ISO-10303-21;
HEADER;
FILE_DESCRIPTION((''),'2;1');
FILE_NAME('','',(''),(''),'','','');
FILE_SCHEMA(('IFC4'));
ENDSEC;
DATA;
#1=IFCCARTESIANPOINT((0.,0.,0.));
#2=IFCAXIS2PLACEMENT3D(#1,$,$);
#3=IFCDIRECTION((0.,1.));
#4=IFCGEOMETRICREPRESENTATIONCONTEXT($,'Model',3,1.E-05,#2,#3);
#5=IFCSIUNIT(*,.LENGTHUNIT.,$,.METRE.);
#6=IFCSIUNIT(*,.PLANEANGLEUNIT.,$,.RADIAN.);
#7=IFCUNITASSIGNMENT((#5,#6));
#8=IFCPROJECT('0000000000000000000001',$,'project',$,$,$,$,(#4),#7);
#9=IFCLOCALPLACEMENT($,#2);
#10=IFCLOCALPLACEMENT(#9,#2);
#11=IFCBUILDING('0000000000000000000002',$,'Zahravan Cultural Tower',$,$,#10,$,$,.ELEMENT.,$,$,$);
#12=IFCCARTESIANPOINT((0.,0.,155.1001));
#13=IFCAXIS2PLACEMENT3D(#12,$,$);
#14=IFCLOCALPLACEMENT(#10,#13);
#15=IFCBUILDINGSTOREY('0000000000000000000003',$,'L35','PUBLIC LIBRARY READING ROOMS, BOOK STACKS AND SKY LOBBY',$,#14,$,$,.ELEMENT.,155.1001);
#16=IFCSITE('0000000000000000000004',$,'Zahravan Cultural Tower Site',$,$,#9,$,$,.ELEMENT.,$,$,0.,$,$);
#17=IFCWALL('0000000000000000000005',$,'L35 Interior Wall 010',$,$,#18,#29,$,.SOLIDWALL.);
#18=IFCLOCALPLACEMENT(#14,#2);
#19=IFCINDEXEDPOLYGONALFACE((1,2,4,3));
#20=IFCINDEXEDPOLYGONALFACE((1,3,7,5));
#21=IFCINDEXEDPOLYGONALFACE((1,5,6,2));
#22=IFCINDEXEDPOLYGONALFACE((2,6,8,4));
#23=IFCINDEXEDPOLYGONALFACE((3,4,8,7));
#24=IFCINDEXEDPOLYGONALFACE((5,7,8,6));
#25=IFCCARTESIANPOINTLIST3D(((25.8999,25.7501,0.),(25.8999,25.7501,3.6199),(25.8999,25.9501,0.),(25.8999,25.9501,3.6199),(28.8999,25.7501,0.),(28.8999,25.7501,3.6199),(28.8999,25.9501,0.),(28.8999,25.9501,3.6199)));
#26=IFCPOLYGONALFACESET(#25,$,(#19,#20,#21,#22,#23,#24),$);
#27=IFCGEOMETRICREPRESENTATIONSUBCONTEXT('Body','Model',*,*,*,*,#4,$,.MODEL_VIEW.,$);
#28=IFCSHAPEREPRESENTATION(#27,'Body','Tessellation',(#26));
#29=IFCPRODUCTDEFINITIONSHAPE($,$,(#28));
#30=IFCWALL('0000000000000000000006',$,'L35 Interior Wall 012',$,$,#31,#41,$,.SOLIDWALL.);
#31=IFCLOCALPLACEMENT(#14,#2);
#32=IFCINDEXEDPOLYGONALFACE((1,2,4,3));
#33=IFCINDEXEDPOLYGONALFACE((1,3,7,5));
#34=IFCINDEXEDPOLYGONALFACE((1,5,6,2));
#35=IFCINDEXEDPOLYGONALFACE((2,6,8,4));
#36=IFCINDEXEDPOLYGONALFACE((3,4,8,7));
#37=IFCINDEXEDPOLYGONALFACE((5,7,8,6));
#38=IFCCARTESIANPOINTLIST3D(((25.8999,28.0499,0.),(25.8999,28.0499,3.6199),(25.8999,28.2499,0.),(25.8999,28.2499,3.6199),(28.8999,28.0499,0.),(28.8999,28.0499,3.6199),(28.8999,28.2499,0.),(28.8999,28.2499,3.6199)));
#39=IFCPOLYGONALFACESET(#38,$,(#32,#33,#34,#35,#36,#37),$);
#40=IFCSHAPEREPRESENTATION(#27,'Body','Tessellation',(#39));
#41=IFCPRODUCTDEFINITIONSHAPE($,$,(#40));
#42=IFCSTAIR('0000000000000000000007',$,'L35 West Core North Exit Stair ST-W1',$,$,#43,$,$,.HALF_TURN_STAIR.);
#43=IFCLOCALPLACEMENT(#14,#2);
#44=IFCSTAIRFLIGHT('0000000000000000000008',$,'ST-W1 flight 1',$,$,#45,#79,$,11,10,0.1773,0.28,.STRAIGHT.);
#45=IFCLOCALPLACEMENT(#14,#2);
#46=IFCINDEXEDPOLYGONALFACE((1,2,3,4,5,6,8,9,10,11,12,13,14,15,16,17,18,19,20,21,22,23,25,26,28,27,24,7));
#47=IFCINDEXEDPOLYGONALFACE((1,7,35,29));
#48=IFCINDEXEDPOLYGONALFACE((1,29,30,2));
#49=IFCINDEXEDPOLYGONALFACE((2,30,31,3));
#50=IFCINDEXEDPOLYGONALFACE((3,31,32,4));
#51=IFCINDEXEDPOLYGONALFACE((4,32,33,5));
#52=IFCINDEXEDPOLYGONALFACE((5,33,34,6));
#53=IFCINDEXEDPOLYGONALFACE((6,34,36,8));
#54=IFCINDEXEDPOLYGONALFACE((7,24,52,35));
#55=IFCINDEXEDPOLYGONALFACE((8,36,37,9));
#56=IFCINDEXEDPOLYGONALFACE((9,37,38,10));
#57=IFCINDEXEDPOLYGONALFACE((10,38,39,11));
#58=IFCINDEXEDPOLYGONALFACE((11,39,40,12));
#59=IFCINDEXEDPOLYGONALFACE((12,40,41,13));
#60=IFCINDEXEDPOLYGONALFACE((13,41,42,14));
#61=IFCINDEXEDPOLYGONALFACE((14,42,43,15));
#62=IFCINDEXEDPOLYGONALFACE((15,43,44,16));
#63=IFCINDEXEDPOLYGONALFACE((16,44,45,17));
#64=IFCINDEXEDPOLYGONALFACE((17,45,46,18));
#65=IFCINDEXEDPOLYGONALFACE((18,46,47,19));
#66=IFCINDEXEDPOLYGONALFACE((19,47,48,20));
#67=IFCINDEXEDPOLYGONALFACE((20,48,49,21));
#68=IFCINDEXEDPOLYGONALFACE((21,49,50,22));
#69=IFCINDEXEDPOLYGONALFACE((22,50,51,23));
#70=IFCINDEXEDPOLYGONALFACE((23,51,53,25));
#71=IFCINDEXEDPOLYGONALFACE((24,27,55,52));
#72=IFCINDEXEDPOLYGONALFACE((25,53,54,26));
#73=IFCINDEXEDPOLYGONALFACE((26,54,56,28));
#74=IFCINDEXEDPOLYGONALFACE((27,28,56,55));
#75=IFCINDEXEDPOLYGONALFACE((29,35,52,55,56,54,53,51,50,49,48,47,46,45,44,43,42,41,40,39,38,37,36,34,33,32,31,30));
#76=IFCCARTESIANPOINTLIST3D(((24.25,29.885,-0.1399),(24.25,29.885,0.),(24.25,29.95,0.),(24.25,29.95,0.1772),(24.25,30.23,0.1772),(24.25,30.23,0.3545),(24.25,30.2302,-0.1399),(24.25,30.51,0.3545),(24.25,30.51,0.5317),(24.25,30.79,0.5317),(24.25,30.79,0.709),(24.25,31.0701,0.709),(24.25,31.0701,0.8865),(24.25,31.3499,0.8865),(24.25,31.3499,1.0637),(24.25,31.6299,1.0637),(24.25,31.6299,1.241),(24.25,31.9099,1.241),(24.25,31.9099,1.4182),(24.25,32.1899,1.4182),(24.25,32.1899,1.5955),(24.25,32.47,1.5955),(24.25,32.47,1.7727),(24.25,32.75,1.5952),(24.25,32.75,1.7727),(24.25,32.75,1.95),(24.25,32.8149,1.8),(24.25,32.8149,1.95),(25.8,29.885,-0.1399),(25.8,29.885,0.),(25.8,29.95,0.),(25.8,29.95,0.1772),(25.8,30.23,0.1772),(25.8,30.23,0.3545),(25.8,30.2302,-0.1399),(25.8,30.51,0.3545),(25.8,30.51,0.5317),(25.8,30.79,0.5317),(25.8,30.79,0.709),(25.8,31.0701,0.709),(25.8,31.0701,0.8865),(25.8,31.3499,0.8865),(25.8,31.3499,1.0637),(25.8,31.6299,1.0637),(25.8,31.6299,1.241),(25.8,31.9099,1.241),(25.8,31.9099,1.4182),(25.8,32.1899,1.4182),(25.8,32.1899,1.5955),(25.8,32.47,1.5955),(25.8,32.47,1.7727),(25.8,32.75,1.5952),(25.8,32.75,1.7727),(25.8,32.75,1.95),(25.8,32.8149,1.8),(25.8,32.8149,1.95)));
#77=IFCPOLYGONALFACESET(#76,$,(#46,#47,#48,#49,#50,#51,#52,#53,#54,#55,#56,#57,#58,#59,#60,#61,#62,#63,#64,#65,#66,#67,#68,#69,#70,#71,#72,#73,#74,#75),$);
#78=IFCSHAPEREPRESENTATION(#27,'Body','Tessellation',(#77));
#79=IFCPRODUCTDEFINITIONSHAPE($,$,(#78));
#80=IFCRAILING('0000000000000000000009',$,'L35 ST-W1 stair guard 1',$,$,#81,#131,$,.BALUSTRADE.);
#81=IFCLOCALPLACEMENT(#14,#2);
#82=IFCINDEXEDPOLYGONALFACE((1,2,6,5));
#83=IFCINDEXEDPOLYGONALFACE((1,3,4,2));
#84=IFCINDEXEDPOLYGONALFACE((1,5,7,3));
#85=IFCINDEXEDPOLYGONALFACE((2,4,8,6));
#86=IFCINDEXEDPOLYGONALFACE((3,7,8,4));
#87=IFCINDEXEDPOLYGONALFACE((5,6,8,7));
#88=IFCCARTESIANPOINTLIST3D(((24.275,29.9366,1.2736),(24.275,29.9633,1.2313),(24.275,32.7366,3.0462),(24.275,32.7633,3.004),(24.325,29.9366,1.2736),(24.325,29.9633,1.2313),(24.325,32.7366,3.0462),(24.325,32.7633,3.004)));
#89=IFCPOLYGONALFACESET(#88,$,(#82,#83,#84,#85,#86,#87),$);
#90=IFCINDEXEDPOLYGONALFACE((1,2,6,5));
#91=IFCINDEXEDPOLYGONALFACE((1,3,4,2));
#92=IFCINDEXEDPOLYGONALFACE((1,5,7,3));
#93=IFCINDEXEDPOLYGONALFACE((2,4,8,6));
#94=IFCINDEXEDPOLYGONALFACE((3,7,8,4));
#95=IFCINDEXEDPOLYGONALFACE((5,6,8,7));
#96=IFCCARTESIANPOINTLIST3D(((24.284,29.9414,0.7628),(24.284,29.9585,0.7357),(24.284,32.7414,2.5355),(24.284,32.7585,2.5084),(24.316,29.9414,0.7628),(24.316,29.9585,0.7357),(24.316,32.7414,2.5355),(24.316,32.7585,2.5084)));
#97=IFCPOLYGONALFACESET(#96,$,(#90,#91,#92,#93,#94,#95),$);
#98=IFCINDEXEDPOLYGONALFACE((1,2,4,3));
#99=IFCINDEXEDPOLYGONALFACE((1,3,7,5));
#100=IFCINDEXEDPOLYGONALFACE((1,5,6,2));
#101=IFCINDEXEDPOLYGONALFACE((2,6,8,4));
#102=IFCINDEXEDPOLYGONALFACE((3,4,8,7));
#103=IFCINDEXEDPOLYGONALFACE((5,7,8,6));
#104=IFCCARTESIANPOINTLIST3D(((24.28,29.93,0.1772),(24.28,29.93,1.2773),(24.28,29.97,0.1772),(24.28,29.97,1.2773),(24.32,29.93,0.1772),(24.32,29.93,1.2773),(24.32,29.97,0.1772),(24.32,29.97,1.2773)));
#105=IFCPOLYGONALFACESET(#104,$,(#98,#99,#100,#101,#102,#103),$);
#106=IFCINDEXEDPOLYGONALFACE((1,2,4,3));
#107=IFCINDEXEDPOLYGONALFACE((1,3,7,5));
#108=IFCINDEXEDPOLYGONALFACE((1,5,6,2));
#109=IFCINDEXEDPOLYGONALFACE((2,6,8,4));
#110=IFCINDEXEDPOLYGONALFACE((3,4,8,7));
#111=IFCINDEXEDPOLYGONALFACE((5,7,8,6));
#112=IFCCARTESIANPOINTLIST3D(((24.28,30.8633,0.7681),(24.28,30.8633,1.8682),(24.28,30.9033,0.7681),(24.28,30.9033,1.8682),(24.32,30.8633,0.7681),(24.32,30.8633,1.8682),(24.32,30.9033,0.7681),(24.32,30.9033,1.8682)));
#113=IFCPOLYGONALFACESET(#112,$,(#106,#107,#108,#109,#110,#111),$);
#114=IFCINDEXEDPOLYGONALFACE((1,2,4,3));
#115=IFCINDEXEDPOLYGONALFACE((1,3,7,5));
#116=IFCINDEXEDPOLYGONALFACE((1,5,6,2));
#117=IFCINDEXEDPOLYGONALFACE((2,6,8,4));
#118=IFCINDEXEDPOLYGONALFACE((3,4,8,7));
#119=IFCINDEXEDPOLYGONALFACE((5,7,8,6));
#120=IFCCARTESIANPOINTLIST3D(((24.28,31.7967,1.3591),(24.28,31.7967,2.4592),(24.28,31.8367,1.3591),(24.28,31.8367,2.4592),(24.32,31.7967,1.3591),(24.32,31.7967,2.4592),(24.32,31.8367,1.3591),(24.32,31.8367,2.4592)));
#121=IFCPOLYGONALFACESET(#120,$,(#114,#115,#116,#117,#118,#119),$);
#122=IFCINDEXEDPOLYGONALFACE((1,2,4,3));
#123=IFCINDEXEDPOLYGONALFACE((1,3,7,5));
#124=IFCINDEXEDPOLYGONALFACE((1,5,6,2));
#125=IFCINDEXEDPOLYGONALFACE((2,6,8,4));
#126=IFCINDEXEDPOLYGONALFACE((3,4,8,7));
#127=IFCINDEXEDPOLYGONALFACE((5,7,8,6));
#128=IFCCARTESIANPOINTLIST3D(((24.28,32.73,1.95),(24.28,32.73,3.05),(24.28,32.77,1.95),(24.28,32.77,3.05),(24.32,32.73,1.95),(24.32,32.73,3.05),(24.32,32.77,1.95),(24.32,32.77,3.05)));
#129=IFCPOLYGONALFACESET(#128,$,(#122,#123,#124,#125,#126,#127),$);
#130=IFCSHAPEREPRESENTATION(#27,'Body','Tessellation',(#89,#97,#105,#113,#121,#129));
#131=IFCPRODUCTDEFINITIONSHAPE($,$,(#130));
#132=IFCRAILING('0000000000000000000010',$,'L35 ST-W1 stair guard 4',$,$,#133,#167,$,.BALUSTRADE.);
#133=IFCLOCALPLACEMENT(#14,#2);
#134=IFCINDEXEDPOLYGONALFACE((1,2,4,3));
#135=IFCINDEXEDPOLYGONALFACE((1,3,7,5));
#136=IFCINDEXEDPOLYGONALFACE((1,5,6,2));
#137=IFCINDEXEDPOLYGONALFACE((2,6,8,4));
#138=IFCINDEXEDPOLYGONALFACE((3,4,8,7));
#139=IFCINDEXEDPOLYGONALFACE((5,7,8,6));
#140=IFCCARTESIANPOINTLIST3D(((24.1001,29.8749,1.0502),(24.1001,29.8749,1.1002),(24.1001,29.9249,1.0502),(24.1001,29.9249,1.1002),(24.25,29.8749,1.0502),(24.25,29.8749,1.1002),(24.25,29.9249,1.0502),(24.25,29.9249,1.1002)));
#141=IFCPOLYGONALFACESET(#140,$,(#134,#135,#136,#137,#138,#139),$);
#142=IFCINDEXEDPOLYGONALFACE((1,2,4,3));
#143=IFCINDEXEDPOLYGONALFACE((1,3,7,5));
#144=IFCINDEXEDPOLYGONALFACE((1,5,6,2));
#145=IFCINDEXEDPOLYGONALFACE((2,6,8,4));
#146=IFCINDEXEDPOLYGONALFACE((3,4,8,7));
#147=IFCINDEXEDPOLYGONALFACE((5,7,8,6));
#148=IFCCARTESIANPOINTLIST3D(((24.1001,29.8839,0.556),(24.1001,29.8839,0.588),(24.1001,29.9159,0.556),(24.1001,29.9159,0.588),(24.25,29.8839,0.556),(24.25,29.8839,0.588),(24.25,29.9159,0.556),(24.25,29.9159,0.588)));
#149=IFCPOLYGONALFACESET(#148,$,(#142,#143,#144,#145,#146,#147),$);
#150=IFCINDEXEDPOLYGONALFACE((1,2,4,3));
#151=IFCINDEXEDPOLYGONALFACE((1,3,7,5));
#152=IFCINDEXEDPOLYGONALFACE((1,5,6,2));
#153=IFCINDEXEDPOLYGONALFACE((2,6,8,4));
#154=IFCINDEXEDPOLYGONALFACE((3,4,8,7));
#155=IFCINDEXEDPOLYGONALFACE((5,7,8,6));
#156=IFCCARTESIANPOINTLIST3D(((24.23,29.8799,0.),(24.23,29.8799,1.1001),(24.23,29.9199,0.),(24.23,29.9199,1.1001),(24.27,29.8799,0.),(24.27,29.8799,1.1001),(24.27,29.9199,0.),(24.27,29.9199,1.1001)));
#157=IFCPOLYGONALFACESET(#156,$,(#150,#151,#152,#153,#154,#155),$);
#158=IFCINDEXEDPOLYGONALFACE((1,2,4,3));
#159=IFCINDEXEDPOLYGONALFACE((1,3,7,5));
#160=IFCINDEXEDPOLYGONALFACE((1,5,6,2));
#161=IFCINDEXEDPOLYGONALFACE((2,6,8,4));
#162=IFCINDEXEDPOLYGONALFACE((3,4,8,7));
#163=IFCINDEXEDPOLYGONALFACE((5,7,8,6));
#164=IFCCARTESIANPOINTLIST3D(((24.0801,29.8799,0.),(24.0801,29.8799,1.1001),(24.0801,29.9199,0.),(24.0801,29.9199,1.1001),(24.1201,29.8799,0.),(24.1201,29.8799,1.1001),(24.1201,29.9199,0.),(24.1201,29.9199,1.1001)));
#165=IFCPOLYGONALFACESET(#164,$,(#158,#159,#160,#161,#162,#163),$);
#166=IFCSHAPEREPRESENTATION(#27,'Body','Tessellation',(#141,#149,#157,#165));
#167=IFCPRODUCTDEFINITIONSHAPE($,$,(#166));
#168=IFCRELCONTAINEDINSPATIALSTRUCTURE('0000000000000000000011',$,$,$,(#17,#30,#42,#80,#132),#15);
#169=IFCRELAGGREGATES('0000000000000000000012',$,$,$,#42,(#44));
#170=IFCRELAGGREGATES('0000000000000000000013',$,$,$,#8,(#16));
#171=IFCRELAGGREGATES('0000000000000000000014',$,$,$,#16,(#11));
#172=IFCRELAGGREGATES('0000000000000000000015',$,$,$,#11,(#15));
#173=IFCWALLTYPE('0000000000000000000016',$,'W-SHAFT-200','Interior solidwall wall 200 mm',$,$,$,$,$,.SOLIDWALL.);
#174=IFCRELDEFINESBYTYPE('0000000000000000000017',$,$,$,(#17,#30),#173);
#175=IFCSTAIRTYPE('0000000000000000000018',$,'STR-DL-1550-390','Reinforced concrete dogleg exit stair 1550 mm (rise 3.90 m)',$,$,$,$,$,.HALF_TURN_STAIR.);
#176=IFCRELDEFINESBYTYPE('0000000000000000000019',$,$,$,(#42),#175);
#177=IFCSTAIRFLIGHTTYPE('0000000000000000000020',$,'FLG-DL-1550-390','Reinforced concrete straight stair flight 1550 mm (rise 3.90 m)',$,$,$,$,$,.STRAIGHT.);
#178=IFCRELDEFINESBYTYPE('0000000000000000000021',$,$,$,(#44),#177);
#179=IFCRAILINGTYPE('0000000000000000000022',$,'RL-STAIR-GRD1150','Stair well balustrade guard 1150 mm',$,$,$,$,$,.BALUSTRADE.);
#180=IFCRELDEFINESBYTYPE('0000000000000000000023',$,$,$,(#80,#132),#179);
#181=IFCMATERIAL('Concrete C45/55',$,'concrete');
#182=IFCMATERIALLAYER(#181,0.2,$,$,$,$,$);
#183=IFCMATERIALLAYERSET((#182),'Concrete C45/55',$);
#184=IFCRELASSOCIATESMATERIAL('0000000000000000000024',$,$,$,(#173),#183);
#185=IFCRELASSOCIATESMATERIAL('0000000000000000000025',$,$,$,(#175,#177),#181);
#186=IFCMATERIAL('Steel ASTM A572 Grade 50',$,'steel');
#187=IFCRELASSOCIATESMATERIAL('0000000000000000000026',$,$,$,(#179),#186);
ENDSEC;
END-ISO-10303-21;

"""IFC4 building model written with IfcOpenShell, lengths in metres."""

from ifc_helpers import new_model, si_unit, direction, frame, frame_2d, origin, origin_2d, place, context, subcontext, project, spatial, polyline, rectangle, outline, extrude, source, transform, mapped, material, layer, layer_set, type_object, element, aggregate, save


model = new_model("IFC4")

# Units and contexts
model_context = context("Model", 3, precision=1e-05, world=origin(), true_north=direction((0.0, 1.0)))
body_context = subcontext(model_context, "Body", "Model", "MODEL_VIEW")
ifc_project = project(units=[si_unit("LENGTHUNIT", "METRE"), si_unit("PLANEANGLEUNIT", "RADIAN")], contexts=[model_context])

# Site, building, storey
site_placement = place(None, origin())
site = spatial("IfcSite", under=ifc_project, at=site_placement, Name="Zahravan Cultural Tower Site", CompositionType="ELEMENT", RefElevation=0.0)
building_placement = place(site_placement, origin())
building = spatial("IfcBuilding", under=site, at=building_placement, Name="Zahravan Cultural Tower", CompositionType="ELEMENT")
storey_placement = place(building_placement, frame((0.0, 0.0, 155.1001)))
storey = spatial("IfcBuildingStorey", under=building, at=storey_placement, Name="L35", Description="PUBLIC LIBRARY READING ROOMS, BOOK STACKS AND SKY LOBBY", CompositionType="ELEMENT", Elevation=155.1001)

# Shared definitions
ifc_material_1 = material(Name="Concrete C45/55", Category="concrete")
ifc_layer_1 = layer(ifc_material_1, 0.2)
ifc_layer_set_1 = layer_set([ifc_layer_1], Name="Concrete C45/55")
wall_type_1 = type_object("IfcWallType", Name="W-SHAFT-200", Description="Interior solidwall wall 200 mm", PredefinedType="SOLIDWALL", material=ifc_layer_set_1)
ifc_material_2 = material(Name="Steel ASTM A572 Grade 50", Category="steel")

# Walls
shared_shape_1 = source(origin(), body_context, "Body", "SweptSolid", [
    extrude(rectangle(XDim=3.0, YDim=0.2, at=frame_2d((1.5, 0.0))), origin(), (0.0, 0.0, 1.0), 3.6199),
])
for number, where, z_axis, x_axis, name in (
    (1, (25.8999, 25.8501, 0.0), (0.0, 0.0, 1.0), (1.0, 0.0, 0.0), "L35 Interior Wall 010"),
    (2, (25.8999, 28.1499, 0.0), (0.0, 0.0, 1.0), (1.0, 0.0, 0.0), "L35 Interior Wall 012"),
):
    element("IfcWall", number, at=place(storey_placement, frame(where, z_axis=z_axis, x_axis=x_axis)), inside=storey, type_object=wall_type_1, Name=name, PredefinedType="SOLIDWALL", context=body_context, shape_type="MappedRepresentation", body=[
        mapped(shared_shape_1, transform((0.0, 0.0, 0.0), x_axis=(1.0, 0.0, 0.0), y_axis=(0.0, 1.0, 0.0), z_axis=(0.0, 0.0, 1.0), scale=1.0)),
    ])

# Stair, stair flight
stair_type = type_object("IfcStairType", Name="STR-DL-1550-390", Description="Reinforced concrete dogleg exit stair 1550 mm (rise 3.90 m)", PredefinedType="HALF_TURN_STAIR", material=ifc_material_1)
stair_placement = place(storey_placement, origin())
stair = element("IfcStair", 3, at=stair_placement, inside=storey, type_object=stair_type, Name="L35 West Core North Exit Stair ST-W1", PredefinedType="HALF_TURN_STAIR")
stair_flight_type = type_object("IfcStairFlightType", Name="FLG-DL-1550-390", Description="Reinforced concrete straight stair flight 1550 mm (rise 3.90 m)", PredefinedType="STRAIGHT", material=ifc_material_1)
stair_flight_placement = place(storey_placement, frame((25.0249, 29.95, 0.0), z_axis=(0.0, 0.0, 1.0), x_axis=(0.0, 1.0, 0.0)))
stair_flight = element("IfcStairFlight", 4, at=stair_flight_placement, type_object=stair_flight_type, Name="ST-W1 flight 1", NumberOfRisers=11, NumberOfTreads=10, PredefinedType="STRAIGHT", RiserHeight=0.1773, TreadLength=0.28, context=body_context, shape_type="SweptSolid", body=[
    extrude(outline(polyline([(-0.0649, -0.1399), (-0.0649, 0.0), (0.0, 0.0), (0.0, 0.1772), (0.28, 0.1772), (0.28, 0.3545), (0.5601, 0.3545), (0.5601, 0.5317), (0.8401, 0.5317), (0.8401, 0.709), (1.1201, 0.709), (1.1201, 0.8865), (1.3999, 0.8865), (1.3999, 1.0637), (1.6799, 1.0637), (1.6799, 1.241), (1.96, 1.241), (1.96, 1.4182), (2.24, 1.4182), (2.24, 1.5955), (2.52, 1.5955), (2.52, 1.7727), (2.8, 1.7727), (2.8, 1.95), (2.865, 1.95), (2.865, 1.8), (2.8, 1.5952), (0.2803, -0.1399), (-0.0649, -0.1399)])), frame((0.0, 0.7749, 0.0), z_axis=(0.0, -1.0, 0.0), x_axis=(1.0, 0.0, 0.0)), (0.0, 0.0, 1.0), 1.55),
])
aggregate(stair, [stair_flight])

# Railings
railing_type_1 = type_object("IfcRailingType", Name="RL-STAIR-GRD1150", Description="Stair well balustrade guard 1150 mm", PredefinedType="BALUSTRADE", material=ifc_material_2)
railing_1_placement = place(storey_placement, frame((24.3, 29.95, 0.1772)))
element("IfcRailing", 5, at=railing_1_placement, inside=storey, type_object=railing_type_1, Name="L35 ST-W1 stair guard 1", PredefinedType="BALUSTRADE", context=body_context, shape_type="SweptSolid", body=[
    extrude(rectangle(XDim=0.05, YDim=0.05, at=origin_2d()), frame((0.0, 0.0, 1.0752), z_axis=(0.0, 0.844909, 0.53491), x_axis=(-1.0, 0.0, 0.0)), (0.0, 0.0, 1.0), 3.314),
    extrude(rectangle(XDim=0.032, YDim=0.032, at=origin_2d()), frame((0.0, 0.0, 0.572), z_axis=(0.0, 0.844909, 0.53491), x_axis=(-1.0, 0.0, 0.0)), (0.0, 0.0, 1.0), 3.314),
    extrude(rectangle(XDim=0.04, YDim=0.04, at=origin_2d()), origin(), (0.0, 0.0, 1.0), 1.1001),
    extrude(rectangle(XDim=0.04, YDim=0.04, at=origin_2d()), frame((0.0, 0.9333, 0.5908)), (0.0, 0.0, 1.0), 1.1001),
    extrude(rectangle(XDim=0.04, YDim=0.04, at=origin_2d()), frame((0.0, 1.8667, 1.1819)), (0.0, 0.0, 1.0), 1.1001),
    extrude(rectangle(XDim=0.04, YDim=0.04, at=origin_2d()), frame((0.0, 2.8, 1.7727)), (0.0, 0.0, 1.0), 1.1001),
])
railing_2_placement = place(storey_placement, frame((24.25, 29.8999, 0.0)))
element("IfcRailing", 6, at=railing_2_placement, inside=storey, type_object=railing_type_1, Name="L35 ST-W1 stair guard 4", PredefinedType="BALUSTRADE", context=body_context, shape_type="SweptSolid", body=[
    extrude(rectangle(XDim=0.05, YDim=0.05, at=origin_2d()), frame((0.0, 0.0, 1.0752), z_axis=(-1.0, 0.0, 0.0), x_axis=(0.0, -1.0, 0.0)), (0.0, 0.0, 1.0), 0.1499),
    extrude(rectangle(XDim=0.032, YDim=0.032, at=origin_2d()), frame((0.0, 0.0, 0.572), z_axis=(-1.0, 0.0, 0.0), x_axis=(0.0, -1.0, 0.0)), (0.0, 0.0, 1.0), 0.1499),
    extrude(rectangle(XDim=0.04, YDim=0.04, at=origin_2d()), origin(), (0.0, 0.0, 1.0), 1.1001),
    extrude(rectangle(XDim=0.04, YDim=0.04, at=origin_2d()), frame((-0.1499, 0.0, 0.0)), (0.0, 0.0, 1.0), 1.1001),
])

save(model, "model.ifc")
